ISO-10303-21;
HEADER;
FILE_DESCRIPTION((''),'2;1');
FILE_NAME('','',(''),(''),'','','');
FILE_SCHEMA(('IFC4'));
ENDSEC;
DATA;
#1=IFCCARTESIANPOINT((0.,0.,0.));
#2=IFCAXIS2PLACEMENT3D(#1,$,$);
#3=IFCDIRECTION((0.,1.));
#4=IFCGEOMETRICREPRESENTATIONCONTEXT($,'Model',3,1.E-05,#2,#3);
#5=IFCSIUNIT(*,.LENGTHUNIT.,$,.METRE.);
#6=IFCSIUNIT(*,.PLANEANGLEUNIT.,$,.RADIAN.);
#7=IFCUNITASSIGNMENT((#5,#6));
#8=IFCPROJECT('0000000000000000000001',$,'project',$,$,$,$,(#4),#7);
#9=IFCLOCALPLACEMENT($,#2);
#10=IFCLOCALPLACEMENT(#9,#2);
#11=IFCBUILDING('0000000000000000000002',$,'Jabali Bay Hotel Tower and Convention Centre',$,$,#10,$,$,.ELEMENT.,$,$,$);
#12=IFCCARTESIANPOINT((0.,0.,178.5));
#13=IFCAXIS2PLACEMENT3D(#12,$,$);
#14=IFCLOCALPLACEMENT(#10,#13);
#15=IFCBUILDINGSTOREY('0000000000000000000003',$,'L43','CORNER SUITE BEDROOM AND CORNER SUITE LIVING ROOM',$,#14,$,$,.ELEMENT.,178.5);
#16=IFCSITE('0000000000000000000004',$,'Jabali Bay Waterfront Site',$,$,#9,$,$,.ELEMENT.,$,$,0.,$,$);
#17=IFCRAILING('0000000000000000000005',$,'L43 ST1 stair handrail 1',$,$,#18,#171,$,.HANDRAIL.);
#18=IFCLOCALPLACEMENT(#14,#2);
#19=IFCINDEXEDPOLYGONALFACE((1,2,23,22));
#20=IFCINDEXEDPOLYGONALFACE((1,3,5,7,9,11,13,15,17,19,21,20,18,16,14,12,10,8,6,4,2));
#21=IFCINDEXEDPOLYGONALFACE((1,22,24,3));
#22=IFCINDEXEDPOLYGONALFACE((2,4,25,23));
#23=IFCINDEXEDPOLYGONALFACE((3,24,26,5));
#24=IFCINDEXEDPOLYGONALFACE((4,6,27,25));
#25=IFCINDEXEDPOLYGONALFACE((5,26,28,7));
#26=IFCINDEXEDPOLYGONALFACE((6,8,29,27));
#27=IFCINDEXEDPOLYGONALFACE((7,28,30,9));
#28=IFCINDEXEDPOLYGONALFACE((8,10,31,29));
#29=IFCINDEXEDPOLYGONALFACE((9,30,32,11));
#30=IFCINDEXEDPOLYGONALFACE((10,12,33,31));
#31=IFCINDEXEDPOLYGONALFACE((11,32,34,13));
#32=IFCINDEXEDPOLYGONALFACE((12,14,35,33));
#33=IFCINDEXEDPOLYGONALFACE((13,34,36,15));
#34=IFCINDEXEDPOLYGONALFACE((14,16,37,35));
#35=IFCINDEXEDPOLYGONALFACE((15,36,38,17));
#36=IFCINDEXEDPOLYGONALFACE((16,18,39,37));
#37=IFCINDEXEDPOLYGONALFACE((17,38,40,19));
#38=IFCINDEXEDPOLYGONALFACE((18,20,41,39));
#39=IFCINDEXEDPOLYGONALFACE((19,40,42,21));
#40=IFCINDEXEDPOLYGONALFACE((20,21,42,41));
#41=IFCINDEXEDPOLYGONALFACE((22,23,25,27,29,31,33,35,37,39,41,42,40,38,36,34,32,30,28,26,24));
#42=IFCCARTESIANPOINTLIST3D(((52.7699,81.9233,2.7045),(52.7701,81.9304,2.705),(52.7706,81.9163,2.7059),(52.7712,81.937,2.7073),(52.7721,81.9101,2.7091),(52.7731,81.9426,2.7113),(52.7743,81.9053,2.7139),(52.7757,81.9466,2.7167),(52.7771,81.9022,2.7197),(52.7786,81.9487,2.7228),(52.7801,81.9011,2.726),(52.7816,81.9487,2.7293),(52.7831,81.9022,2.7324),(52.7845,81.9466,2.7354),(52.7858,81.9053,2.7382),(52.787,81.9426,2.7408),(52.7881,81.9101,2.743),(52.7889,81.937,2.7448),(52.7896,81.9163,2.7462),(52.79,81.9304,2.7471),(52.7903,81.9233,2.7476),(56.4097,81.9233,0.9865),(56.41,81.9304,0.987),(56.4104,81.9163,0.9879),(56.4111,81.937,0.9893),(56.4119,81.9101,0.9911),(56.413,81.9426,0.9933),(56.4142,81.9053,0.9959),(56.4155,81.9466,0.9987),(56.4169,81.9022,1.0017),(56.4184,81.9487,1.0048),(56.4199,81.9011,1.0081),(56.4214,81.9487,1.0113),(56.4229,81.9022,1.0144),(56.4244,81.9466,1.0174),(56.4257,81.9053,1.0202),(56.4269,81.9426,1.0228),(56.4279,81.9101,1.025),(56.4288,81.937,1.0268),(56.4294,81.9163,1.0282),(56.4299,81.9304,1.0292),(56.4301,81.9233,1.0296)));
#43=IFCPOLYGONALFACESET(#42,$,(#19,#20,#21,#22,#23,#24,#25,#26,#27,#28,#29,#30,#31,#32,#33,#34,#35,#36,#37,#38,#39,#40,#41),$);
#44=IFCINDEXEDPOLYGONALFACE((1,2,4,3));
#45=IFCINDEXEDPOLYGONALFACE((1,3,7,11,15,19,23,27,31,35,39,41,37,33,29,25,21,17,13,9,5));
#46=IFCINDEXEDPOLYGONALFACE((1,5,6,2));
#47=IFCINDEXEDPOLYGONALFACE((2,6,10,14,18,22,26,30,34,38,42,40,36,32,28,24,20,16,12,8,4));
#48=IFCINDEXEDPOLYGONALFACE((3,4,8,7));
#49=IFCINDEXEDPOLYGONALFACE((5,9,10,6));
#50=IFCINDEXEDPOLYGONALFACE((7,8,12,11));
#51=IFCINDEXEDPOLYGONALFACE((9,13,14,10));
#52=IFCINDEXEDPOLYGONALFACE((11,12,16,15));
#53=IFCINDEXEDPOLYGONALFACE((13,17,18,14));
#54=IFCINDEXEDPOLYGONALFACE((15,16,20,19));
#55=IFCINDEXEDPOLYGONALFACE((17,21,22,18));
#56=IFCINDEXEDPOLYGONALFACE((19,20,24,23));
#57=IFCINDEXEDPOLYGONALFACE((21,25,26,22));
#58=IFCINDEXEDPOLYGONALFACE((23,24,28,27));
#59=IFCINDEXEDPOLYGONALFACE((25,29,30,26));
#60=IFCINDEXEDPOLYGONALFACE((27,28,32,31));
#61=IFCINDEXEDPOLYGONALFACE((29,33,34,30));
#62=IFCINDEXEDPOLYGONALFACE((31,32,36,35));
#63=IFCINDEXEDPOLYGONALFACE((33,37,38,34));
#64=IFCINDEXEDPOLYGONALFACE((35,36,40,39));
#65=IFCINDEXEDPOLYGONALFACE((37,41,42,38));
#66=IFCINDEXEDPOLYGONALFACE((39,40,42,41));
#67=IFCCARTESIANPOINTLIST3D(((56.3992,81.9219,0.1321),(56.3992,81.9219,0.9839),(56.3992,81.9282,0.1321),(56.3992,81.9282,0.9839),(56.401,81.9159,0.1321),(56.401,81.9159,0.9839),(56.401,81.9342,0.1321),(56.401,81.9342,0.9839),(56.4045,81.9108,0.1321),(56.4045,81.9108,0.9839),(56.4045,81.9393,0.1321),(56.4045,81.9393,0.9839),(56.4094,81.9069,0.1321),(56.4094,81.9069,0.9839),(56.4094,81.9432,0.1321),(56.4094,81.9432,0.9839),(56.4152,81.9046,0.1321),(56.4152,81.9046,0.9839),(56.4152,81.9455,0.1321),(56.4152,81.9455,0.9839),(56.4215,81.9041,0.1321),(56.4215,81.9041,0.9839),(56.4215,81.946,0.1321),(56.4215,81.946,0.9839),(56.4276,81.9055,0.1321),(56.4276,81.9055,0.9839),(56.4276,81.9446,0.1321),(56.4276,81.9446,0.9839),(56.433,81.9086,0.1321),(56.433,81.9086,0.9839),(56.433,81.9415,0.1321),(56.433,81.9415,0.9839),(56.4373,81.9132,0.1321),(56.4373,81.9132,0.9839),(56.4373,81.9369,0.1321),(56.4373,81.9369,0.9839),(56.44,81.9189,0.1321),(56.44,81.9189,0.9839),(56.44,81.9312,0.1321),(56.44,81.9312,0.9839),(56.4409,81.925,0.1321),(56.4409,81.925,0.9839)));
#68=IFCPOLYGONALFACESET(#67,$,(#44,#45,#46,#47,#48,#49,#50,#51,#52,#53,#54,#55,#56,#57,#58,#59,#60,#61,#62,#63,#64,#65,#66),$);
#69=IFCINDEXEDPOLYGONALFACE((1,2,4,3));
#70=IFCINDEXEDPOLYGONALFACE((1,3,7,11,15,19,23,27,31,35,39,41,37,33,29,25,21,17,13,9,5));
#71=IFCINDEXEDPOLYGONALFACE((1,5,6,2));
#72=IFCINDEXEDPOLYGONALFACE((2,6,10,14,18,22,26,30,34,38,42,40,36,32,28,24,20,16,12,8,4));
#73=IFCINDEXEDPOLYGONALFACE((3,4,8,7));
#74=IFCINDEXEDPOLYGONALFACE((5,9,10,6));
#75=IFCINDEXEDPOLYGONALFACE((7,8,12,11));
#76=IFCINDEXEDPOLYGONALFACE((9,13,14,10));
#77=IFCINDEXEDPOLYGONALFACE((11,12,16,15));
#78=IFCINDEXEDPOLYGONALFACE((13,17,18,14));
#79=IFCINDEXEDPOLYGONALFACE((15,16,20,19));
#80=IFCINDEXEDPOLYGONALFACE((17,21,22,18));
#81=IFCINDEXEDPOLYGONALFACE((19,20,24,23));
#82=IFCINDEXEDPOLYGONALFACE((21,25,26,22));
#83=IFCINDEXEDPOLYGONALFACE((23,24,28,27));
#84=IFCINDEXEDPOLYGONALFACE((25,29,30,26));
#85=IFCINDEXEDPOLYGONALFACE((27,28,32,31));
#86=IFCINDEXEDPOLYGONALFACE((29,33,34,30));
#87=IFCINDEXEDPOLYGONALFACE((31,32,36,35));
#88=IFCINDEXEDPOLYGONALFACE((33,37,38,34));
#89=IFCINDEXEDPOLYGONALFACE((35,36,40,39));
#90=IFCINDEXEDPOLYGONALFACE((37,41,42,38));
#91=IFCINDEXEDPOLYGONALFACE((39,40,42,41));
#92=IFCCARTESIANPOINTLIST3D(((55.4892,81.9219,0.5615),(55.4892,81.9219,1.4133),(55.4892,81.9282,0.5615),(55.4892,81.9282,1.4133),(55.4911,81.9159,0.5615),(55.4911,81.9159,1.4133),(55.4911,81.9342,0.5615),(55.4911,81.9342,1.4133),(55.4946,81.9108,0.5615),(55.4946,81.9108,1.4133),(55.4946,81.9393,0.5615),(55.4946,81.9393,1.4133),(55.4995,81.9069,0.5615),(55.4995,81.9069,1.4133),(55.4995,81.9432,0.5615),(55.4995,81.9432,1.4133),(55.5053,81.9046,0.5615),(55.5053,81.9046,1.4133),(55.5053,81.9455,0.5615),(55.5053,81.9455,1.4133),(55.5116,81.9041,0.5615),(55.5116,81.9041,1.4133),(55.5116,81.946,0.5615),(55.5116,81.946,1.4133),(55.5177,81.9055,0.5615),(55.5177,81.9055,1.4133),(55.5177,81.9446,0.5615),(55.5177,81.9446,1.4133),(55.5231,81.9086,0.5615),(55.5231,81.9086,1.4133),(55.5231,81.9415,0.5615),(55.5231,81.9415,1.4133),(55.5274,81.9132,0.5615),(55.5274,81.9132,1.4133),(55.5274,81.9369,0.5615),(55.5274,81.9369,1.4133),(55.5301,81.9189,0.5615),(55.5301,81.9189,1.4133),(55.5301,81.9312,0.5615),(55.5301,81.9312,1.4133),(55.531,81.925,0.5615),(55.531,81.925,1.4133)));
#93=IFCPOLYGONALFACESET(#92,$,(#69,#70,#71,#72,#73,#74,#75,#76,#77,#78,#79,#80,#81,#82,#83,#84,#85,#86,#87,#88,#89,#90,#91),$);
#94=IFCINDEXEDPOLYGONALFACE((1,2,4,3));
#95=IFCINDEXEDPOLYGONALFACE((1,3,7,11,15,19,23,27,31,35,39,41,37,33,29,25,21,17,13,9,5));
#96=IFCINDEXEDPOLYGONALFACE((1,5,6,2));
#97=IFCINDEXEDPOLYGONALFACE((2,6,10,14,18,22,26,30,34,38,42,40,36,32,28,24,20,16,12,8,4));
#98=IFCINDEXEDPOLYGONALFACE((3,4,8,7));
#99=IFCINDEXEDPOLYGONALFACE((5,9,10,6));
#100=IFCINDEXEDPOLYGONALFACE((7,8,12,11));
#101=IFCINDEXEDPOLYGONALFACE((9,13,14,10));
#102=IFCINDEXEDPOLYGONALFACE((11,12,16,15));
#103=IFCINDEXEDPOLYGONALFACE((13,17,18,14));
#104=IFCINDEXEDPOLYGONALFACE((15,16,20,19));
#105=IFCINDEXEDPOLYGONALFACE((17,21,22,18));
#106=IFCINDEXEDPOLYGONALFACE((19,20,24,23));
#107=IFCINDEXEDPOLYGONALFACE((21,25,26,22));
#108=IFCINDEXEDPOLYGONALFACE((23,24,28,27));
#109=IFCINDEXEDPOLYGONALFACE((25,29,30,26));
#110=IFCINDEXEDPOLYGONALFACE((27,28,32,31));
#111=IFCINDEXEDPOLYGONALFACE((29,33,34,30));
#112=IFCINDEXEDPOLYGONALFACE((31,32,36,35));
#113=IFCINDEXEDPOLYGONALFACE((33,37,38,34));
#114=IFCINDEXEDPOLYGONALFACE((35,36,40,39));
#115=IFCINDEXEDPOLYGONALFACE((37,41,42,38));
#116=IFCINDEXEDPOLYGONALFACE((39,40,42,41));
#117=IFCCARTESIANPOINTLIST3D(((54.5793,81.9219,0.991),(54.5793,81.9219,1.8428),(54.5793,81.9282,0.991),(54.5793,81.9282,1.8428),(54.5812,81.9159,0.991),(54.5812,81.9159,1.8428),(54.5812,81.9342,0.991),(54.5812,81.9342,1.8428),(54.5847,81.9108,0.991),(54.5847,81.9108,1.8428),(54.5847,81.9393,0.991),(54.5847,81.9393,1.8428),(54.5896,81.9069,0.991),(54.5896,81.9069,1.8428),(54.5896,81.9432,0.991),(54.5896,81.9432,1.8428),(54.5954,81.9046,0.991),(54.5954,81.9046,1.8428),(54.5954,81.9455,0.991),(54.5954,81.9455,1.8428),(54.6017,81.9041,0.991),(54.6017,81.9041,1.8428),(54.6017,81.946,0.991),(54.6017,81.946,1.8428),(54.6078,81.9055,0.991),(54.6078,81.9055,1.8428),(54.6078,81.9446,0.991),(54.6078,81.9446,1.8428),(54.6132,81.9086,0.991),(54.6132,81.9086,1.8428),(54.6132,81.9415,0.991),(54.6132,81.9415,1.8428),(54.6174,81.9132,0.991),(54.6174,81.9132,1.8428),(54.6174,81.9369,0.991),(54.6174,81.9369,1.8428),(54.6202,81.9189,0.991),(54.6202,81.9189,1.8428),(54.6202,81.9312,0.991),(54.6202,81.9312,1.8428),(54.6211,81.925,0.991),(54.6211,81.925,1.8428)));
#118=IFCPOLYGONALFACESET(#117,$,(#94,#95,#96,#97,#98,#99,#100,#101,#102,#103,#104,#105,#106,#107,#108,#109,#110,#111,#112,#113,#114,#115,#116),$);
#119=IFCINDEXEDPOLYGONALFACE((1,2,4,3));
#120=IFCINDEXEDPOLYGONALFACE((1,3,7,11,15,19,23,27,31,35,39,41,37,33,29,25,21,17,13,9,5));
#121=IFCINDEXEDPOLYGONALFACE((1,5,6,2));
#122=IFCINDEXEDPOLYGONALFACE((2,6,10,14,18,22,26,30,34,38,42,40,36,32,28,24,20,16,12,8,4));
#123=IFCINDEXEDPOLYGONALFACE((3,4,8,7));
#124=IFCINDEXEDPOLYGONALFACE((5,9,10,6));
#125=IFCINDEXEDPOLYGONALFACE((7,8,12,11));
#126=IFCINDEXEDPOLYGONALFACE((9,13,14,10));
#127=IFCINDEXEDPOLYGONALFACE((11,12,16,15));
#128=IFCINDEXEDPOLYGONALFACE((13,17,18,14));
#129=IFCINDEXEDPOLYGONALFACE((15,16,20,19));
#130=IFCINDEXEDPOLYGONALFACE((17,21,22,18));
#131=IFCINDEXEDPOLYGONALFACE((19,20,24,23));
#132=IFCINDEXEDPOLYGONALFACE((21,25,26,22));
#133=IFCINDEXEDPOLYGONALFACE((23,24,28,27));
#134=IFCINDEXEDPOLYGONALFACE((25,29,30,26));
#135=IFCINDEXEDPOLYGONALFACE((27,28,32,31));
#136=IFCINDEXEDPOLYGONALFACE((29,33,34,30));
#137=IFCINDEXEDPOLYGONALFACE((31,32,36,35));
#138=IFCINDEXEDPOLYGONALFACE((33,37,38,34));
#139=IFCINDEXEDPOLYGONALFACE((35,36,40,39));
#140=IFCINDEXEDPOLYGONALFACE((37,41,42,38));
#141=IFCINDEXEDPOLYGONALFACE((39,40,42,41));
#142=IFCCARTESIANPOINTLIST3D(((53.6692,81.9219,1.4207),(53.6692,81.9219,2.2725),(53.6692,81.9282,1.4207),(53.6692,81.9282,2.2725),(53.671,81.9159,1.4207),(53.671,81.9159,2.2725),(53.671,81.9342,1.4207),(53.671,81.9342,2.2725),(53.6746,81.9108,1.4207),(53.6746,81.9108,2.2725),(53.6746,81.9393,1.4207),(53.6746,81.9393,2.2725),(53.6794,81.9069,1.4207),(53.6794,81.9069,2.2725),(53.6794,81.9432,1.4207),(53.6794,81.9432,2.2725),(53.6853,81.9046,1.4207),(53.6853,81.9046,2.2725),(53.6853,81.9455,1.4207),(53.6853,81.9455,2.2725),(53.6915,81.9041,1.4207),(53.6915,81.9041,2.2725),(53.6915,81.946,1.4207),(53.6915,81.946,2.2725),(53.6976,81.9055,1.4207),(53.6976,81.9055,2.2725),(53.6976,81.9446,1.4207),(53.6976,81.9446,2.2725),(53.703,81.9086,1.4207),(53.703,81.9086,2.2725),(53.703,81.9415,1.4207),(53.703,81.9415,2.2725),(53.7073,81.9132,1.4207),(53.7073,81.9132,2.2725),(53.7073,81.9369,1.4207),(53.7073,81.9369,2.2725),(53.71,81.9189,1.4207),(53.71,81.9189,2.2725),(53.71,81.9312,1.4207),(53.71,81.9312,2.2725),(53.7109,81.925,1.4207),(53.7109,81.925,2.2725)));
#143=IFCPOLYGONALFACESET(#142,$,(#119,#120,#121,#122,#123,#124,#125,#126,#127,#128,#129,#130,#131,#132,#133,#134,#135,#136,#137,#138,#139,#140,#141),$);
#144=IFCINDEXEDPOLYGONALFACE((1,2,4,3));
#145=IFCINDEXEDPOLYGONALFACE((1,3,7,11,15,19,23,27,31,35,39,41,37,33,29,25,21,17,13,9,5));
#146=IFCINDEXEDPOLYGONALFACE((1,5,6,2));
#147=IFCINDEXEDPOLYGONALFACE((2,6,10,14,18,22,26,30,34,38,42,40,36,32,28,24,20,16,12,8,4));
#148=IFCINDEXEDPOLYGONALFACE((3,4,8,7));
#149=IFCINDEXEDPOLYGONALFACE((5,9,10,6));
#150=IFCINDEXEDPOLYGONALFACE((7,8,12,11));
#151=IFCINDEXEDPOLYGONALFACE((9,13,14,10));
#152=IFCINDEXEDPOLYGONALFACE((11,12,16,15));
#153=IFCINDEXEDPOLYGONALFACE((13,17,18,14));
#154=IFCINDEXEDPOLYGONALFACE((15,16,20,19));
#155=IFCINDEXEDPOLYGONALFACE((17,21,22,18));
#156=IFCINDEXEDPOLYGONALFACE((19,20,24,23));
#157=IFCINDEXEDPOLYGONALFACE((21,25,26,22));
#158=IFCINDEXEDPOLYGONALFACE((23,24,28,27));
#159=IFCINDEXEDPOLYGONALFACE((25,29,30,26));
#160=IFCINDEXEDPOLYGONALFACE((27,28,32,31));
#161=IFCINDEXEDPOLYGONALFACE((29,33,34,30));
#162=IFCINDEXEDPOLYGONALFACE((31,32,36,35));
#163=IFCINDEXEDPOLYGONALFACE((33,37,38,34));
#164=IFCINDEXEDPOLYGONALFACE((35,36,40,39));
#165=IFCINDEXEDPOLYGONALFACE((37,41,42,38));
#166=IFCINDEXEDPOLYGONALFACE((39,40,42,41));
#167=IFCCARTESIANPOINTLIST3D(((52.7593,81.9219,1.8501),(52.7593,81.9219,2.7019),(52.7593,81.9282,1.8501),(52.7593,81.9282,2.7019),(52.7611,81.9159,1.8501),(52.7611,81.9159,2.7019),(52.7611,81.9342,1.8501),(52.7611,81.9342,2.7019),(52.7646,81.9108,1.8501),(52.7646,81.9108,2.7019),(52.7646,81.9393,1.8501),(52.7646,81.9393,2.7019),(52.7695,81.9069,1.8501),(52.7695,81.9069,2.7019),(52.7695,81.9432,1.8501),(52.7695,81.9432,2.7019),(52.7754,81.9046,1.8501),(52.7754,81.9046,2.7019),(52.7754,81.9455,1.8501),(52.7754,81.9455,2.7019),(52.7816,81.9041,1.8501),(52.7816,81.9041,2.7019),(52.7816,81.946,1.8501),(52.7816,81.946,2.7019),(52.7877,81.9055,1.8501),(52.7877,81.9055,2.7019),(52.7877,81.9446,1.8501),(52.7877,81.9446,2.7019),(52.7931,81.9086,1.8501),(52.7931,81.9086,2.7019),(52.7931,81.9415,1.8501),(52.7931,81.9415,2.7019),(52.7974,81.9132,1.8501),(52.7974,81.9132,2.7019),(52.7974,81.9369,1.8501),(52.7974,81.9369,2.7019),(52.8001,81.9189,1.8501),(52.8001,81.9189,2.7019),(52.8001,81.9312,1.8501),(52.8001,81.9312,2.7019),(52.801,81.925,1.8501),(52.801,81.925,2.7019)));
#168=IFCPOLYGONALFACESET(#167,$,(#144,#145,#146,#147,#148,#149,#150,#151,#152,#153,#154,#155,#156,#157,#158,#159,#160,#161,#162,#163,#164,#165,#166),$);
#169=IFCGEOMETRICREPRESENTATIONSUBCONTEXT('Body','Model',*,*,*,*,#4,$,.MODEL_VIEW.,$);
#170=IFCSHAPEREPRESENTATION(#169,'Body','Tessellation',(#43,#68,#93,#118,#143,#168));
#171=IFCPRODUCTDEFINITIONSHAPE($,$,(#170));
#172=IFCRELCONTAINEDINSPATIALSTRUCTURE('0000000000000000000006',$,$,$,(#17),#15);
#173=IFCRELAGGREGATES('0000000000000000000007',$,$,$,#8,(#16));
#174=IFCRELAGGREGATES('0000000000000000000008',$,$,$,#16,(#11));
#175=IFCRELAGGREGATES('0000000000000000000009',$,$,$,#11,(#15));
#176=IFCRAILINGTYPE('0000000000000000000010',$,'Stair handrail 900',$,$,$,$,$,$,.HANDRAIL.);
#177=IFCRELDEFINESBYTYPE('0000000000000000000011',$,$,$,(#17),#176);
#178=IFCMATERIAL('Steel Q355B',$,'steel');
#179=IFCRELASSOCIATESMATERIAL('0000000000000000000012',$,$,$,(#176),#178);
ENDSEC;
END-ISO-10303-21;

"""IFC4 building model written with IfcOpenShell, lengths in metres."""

from ifc_helpers import new_model, si_unit, direction, frame, origin, origin_2d, place, context, subcontext, project, spatial, circle, extrude, material, type_object, element, save


model = new_model("IFC4")

# Units and contexts
model_context = context("Model", 3, precision=1e-05, world=origin(), true_north=direction((0.0, 1.0)))
body_context = subcontext(model_context, "Body", "Model", "MODEL_VIEW")
ifc_project = project(units=[si_unit("LENGTHUNIT", "METRE"), si_unit("PLANEANGLEUNIT", "RADIAN")], contexts=[model_context])

# Site, building, storey
site_placement = place(None, origin())
site = spatial("IfcSite", under=ifc_project, at=site_placement, Name="Jabali Bay Waterfront Site", CompositionType="ELEMENT", RefElevation=0.0)
building_placement = place(site_placement, origin())
building = spatial("IfcBuilding", under=site, at=building_placement, Name="Jabali Bay Hotel Tower and Convention Centre", CompositionType="ELEMENT")
storey_placement = place(building_placement, frame((0.0, 0.0, 178.5)))
storey = spatial("IfcBuildingStorey", under=building, at=storey_placement, Name="L43", Description="CORNER SUITE BEDROOM AND CORNER SUITE LIVING ROOM", CompositionType="ELEMENT", Elevation=178.5)

# Railing
ifc_material_1 = material(Name="Steel Q355B", Category="steel")
railing_type_1 = type_object("IfcRailingType", Name="Stair handrail 900", PredefinedType="HANDRAIL", material=ifc_material_1)
railing_1_placement = place(storey_placement, frame((56.4199, 81.925, 0.1321)))
element("IfcRailing", 1, at=railing_1_placement, inside=storey, type_object=railing_type_1, Name="L43 ST1 stair handrail 1", PredefinedType="HANDRAIL", context=body_context, shape_type="SweptSolid", body=[
    extrude(circle(Radius=0.0239, at=origin_2d()), frame((0.0, 0.0, 0.876), z_axis=(-0.904327, 0.0, 0.42684), x_axis=(0.0, -1.0, 0.0)), (0.0, 0.0, 1.0), 4.0249),
    extrude(circle(Radius=0.021, at=origin_2d()), origin(), (0.0, 0.0, 1.0), 0.8518),
    extrude(circle(Radius=0.021, at=origin_2d()), frame((-0.9099, 0.0, 0.4294)), (0.0, 0.0, 1.0), 0.8518),
    extrude(circle(Radius=0.021, at=origin_2d()), frame((-1.8198, 0.0, 0.8589)), (0.0, 0.0, 1.0), 0.8518),
    extrude(circle(Radius=0.021, at=origin_2d()), frame((-2.73, 0.0, 1.2886)), (0.0, 0.0, 1.0), 0.8518),
    extrude(circle(Radius=0.021, at=origin_2d()), frame((-3.6399, 0.0, 1.718)), (0.0, 0.0, 1.0), 0.8518),
])

save(model, "model.ifc")
